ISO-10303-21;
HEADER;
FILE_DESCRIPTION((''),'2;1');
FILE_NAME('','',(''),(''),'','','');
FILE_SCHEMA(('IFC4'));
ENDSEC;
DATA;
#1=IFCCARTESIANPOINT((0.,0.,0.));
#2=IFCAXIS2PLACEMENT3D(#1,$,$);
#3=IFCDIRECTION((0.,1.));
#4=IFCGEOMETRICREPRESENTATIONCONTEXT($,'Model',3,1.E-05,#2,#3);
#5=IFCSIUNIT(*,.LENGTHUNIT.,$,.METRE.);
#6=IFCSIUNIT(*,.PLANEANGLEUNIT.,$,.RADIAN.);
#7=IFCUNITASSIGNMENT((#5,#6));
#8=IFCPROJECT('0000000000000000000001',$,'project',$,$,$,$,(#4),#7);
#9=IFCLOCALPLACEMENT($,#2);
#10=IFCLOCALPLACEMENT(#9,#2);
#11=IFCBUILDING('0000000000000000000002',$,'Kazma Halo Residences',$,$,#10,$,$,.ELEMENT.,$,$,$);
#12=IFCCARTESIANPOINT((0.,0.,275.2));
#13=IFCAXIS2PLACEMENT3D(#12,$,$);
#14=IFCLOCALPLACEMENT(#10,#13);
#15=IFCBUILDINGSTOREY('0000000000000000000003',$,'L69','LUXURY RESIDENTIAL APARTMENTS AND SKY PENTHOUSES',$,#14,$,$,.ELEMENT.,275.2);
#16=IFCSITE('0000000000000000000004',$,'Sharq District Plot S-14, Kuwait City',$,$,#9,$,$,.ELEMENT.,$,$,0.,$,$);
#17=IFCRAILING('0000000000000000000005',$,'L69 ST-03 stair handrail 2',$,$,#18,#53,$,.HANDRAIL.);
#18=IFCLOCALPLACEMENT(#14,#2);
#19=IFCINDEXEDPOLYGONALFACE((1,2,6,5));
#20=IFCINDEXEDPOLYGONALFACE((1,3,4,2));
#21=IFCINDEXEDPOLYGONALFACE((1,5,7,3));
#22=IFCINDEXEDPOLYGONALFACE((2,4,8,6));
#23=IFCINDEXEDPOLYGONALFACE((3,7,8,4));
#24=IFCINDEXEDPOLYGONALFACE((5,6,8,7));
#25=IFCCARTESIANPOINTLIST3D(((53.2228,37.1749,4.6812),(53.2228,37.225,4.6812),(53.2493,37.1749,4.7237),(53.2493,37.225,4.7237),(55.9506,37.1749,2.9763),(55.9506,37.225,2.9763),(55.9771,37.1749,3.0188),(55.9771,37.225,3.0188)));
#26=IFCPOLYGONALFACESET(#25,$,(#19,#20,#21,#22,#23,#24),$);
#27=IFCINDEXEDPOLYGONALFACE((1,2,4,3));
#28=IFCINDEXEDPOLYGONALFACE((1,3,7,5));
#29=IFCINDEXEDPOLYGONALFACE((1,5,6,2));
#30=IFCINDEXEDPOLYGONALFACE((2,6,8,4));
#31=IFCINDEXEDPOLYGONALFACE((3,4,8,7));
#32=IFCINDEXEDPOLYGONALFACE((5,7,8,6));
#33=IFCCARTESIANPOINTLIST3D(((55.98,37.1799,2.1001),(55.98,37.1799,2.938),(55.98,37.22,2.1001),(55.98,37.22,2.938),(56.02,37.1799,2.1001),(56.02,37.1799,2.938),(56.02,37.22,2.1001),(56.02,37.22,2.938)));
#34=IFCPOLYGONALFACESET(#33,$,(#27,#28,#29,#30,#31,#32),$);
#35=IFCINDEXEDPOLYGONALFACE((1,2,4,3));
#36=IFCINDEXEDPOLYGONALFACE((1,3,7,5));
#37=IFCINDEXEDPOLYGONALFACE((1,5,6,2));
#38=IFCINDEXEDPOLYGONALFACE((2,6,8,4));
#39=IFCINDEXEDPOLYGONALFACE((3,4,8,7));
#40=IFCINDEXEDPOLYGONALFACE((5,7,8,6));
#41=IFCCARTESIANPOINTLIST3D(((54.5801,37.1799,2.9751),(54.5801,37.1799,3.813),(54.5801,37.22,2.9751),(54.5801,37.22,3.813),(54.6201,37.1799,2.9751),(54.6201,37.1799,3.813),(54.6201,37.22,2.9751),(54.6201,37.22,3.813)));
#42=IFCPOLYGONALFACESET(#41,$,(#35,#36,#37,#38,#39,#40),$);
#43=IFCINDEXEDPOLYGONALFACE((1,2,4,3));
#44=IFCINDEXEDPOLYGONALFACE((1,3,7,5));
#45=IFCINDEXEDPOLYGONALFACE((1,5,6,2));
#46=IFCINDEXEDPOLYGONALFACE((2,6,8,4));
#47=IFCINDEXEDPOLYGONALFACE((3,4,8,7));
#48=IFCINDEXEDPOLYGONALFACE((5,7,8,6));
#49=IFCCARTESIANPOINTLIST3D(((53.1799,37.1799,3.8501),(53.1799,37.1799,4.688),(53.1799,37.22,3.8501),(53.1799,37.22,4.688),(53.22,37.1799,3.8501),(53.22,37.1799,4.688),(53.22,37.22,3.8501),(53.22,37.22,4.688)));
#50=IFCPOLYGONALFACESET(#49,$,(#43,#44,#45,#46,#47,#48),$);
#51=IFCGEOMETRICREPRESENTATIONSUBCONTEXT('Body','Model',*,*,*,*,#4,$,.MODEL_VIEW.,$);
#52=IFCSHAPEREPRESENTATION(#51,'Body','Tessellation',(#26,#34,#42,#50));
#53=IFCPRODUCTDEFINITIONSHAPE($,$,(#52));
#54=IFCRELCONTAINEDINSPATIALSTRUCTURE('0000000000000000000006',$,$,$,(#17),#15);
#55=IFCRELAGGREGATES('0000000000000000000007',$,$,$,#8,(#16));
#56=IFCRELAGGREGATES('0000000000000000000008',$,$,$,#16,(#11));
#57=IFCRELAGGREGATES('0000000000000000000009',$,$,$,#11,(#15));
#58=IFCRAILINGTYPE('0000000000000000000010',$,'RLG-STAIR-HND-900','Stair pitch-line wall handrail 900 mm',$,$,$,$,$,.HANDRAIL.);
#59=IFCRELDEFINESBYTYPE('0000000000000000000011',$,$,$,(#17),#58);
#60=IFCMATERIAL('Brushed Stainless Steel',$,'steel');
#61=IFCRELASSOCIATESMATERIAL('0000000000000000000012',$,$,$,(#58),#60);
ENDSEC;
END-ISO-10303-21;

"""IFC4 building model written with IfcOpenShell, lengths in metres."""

from ifc_helpers import new_model, si_unit, direction, frame, origin, origin_2d, place, context, subcontext, project, spatial, rectangle, extrude, material, type_object, element, save


model = new_model("IFC4")

# Units and contexts
model_context = context("Model", 3, precision=1e-05, world=origin(), true_north=direction((0.0, 1.0)))
body_context = subcontext(model_context, "Body", "Model", "MODEL_VIEW")
ifc_project = project(units=[si_unit("LENGTHUNIT", "METRE"), si_unit("PLANEANGLEUNIT", "RADIAN")], contexts=[model_context])

# Site, building, storey
site_placement = place(None, origin())
site = spatial("IfcSite", under=ifc_project, at=site_placement, Name="Sharq District Plot S-14, Kuwait City", CompositionType="ELEMENT", RefElevation=0.0)
building_placement = place(site_placement, origin())
building = spatial("IfcBuilding", under=site, at=building_placement, Name="Kazma Halo Residences", CompositionType="ELEMENT")
storey_placement = place(building_placement, frame((0.0, 0.0, 275.2)))
storey = spatial("IfcBuildingStorey", under=building, at=storey_placement, Name="L69", Description="LUXURY RESIDENTIAL APARTMENTS AND SKY PENTHOUSES", CompositionType="ELEMENT", Elevation=275.2)

# Railing
ifc_material_1 = material(Name="Brushed Stainless Steel", Category="steel")
railing_type_1 = type_object("IfcRailingType", Name="RLG-STAIR-HND-900", Description="Stair pitch-line wall handrail 900 mm", PredefinedType="HANDRAIL", material=ifc_material_1)
railing_1_placement = place(storey_placement, frame((56.0, 37.2, 2.1001)))
element("IfcRailing", 1, at=railing_1_placement, inside=storey, type_object=railing_type_1, Name="L69 ST-03 stair handrail 2", PredefinedType="HANDRAIL", context=body_context, shape_type="SweptSolid", body=[
    extrude(rectangle(XDim=0.05, YDim=0.05, at=origin_2d()), frame((-0.0361, 0.0, 0.8975), z_axis=(-0.848002, 0.0, 0.529992), x_axis=(0.0, -1.0, 0.0)), (0.0, 0.0, 1.0), 3.2168),
    extrude(rectangle(XDim=0.04, YDim=0.04, at=origin_2d()), origin(), (0.0, 0.0, 1.0), 0.8379),
    extrude(rectangle(XDim=0.04, YDim=0.04, at=origin_2d()), frame((-1.3999, 0.0, 0.875)), (0.0, 0.0, 1.0), 0.8379),
    extrude(rectangle(XDim=0.04, YDim=0.04, at=origin_2d()), frame((-2.8, 0.0, 1.75)), (0.0, 0.0, 1.0), 0.8379),
])

save(model, "model.ifc")
